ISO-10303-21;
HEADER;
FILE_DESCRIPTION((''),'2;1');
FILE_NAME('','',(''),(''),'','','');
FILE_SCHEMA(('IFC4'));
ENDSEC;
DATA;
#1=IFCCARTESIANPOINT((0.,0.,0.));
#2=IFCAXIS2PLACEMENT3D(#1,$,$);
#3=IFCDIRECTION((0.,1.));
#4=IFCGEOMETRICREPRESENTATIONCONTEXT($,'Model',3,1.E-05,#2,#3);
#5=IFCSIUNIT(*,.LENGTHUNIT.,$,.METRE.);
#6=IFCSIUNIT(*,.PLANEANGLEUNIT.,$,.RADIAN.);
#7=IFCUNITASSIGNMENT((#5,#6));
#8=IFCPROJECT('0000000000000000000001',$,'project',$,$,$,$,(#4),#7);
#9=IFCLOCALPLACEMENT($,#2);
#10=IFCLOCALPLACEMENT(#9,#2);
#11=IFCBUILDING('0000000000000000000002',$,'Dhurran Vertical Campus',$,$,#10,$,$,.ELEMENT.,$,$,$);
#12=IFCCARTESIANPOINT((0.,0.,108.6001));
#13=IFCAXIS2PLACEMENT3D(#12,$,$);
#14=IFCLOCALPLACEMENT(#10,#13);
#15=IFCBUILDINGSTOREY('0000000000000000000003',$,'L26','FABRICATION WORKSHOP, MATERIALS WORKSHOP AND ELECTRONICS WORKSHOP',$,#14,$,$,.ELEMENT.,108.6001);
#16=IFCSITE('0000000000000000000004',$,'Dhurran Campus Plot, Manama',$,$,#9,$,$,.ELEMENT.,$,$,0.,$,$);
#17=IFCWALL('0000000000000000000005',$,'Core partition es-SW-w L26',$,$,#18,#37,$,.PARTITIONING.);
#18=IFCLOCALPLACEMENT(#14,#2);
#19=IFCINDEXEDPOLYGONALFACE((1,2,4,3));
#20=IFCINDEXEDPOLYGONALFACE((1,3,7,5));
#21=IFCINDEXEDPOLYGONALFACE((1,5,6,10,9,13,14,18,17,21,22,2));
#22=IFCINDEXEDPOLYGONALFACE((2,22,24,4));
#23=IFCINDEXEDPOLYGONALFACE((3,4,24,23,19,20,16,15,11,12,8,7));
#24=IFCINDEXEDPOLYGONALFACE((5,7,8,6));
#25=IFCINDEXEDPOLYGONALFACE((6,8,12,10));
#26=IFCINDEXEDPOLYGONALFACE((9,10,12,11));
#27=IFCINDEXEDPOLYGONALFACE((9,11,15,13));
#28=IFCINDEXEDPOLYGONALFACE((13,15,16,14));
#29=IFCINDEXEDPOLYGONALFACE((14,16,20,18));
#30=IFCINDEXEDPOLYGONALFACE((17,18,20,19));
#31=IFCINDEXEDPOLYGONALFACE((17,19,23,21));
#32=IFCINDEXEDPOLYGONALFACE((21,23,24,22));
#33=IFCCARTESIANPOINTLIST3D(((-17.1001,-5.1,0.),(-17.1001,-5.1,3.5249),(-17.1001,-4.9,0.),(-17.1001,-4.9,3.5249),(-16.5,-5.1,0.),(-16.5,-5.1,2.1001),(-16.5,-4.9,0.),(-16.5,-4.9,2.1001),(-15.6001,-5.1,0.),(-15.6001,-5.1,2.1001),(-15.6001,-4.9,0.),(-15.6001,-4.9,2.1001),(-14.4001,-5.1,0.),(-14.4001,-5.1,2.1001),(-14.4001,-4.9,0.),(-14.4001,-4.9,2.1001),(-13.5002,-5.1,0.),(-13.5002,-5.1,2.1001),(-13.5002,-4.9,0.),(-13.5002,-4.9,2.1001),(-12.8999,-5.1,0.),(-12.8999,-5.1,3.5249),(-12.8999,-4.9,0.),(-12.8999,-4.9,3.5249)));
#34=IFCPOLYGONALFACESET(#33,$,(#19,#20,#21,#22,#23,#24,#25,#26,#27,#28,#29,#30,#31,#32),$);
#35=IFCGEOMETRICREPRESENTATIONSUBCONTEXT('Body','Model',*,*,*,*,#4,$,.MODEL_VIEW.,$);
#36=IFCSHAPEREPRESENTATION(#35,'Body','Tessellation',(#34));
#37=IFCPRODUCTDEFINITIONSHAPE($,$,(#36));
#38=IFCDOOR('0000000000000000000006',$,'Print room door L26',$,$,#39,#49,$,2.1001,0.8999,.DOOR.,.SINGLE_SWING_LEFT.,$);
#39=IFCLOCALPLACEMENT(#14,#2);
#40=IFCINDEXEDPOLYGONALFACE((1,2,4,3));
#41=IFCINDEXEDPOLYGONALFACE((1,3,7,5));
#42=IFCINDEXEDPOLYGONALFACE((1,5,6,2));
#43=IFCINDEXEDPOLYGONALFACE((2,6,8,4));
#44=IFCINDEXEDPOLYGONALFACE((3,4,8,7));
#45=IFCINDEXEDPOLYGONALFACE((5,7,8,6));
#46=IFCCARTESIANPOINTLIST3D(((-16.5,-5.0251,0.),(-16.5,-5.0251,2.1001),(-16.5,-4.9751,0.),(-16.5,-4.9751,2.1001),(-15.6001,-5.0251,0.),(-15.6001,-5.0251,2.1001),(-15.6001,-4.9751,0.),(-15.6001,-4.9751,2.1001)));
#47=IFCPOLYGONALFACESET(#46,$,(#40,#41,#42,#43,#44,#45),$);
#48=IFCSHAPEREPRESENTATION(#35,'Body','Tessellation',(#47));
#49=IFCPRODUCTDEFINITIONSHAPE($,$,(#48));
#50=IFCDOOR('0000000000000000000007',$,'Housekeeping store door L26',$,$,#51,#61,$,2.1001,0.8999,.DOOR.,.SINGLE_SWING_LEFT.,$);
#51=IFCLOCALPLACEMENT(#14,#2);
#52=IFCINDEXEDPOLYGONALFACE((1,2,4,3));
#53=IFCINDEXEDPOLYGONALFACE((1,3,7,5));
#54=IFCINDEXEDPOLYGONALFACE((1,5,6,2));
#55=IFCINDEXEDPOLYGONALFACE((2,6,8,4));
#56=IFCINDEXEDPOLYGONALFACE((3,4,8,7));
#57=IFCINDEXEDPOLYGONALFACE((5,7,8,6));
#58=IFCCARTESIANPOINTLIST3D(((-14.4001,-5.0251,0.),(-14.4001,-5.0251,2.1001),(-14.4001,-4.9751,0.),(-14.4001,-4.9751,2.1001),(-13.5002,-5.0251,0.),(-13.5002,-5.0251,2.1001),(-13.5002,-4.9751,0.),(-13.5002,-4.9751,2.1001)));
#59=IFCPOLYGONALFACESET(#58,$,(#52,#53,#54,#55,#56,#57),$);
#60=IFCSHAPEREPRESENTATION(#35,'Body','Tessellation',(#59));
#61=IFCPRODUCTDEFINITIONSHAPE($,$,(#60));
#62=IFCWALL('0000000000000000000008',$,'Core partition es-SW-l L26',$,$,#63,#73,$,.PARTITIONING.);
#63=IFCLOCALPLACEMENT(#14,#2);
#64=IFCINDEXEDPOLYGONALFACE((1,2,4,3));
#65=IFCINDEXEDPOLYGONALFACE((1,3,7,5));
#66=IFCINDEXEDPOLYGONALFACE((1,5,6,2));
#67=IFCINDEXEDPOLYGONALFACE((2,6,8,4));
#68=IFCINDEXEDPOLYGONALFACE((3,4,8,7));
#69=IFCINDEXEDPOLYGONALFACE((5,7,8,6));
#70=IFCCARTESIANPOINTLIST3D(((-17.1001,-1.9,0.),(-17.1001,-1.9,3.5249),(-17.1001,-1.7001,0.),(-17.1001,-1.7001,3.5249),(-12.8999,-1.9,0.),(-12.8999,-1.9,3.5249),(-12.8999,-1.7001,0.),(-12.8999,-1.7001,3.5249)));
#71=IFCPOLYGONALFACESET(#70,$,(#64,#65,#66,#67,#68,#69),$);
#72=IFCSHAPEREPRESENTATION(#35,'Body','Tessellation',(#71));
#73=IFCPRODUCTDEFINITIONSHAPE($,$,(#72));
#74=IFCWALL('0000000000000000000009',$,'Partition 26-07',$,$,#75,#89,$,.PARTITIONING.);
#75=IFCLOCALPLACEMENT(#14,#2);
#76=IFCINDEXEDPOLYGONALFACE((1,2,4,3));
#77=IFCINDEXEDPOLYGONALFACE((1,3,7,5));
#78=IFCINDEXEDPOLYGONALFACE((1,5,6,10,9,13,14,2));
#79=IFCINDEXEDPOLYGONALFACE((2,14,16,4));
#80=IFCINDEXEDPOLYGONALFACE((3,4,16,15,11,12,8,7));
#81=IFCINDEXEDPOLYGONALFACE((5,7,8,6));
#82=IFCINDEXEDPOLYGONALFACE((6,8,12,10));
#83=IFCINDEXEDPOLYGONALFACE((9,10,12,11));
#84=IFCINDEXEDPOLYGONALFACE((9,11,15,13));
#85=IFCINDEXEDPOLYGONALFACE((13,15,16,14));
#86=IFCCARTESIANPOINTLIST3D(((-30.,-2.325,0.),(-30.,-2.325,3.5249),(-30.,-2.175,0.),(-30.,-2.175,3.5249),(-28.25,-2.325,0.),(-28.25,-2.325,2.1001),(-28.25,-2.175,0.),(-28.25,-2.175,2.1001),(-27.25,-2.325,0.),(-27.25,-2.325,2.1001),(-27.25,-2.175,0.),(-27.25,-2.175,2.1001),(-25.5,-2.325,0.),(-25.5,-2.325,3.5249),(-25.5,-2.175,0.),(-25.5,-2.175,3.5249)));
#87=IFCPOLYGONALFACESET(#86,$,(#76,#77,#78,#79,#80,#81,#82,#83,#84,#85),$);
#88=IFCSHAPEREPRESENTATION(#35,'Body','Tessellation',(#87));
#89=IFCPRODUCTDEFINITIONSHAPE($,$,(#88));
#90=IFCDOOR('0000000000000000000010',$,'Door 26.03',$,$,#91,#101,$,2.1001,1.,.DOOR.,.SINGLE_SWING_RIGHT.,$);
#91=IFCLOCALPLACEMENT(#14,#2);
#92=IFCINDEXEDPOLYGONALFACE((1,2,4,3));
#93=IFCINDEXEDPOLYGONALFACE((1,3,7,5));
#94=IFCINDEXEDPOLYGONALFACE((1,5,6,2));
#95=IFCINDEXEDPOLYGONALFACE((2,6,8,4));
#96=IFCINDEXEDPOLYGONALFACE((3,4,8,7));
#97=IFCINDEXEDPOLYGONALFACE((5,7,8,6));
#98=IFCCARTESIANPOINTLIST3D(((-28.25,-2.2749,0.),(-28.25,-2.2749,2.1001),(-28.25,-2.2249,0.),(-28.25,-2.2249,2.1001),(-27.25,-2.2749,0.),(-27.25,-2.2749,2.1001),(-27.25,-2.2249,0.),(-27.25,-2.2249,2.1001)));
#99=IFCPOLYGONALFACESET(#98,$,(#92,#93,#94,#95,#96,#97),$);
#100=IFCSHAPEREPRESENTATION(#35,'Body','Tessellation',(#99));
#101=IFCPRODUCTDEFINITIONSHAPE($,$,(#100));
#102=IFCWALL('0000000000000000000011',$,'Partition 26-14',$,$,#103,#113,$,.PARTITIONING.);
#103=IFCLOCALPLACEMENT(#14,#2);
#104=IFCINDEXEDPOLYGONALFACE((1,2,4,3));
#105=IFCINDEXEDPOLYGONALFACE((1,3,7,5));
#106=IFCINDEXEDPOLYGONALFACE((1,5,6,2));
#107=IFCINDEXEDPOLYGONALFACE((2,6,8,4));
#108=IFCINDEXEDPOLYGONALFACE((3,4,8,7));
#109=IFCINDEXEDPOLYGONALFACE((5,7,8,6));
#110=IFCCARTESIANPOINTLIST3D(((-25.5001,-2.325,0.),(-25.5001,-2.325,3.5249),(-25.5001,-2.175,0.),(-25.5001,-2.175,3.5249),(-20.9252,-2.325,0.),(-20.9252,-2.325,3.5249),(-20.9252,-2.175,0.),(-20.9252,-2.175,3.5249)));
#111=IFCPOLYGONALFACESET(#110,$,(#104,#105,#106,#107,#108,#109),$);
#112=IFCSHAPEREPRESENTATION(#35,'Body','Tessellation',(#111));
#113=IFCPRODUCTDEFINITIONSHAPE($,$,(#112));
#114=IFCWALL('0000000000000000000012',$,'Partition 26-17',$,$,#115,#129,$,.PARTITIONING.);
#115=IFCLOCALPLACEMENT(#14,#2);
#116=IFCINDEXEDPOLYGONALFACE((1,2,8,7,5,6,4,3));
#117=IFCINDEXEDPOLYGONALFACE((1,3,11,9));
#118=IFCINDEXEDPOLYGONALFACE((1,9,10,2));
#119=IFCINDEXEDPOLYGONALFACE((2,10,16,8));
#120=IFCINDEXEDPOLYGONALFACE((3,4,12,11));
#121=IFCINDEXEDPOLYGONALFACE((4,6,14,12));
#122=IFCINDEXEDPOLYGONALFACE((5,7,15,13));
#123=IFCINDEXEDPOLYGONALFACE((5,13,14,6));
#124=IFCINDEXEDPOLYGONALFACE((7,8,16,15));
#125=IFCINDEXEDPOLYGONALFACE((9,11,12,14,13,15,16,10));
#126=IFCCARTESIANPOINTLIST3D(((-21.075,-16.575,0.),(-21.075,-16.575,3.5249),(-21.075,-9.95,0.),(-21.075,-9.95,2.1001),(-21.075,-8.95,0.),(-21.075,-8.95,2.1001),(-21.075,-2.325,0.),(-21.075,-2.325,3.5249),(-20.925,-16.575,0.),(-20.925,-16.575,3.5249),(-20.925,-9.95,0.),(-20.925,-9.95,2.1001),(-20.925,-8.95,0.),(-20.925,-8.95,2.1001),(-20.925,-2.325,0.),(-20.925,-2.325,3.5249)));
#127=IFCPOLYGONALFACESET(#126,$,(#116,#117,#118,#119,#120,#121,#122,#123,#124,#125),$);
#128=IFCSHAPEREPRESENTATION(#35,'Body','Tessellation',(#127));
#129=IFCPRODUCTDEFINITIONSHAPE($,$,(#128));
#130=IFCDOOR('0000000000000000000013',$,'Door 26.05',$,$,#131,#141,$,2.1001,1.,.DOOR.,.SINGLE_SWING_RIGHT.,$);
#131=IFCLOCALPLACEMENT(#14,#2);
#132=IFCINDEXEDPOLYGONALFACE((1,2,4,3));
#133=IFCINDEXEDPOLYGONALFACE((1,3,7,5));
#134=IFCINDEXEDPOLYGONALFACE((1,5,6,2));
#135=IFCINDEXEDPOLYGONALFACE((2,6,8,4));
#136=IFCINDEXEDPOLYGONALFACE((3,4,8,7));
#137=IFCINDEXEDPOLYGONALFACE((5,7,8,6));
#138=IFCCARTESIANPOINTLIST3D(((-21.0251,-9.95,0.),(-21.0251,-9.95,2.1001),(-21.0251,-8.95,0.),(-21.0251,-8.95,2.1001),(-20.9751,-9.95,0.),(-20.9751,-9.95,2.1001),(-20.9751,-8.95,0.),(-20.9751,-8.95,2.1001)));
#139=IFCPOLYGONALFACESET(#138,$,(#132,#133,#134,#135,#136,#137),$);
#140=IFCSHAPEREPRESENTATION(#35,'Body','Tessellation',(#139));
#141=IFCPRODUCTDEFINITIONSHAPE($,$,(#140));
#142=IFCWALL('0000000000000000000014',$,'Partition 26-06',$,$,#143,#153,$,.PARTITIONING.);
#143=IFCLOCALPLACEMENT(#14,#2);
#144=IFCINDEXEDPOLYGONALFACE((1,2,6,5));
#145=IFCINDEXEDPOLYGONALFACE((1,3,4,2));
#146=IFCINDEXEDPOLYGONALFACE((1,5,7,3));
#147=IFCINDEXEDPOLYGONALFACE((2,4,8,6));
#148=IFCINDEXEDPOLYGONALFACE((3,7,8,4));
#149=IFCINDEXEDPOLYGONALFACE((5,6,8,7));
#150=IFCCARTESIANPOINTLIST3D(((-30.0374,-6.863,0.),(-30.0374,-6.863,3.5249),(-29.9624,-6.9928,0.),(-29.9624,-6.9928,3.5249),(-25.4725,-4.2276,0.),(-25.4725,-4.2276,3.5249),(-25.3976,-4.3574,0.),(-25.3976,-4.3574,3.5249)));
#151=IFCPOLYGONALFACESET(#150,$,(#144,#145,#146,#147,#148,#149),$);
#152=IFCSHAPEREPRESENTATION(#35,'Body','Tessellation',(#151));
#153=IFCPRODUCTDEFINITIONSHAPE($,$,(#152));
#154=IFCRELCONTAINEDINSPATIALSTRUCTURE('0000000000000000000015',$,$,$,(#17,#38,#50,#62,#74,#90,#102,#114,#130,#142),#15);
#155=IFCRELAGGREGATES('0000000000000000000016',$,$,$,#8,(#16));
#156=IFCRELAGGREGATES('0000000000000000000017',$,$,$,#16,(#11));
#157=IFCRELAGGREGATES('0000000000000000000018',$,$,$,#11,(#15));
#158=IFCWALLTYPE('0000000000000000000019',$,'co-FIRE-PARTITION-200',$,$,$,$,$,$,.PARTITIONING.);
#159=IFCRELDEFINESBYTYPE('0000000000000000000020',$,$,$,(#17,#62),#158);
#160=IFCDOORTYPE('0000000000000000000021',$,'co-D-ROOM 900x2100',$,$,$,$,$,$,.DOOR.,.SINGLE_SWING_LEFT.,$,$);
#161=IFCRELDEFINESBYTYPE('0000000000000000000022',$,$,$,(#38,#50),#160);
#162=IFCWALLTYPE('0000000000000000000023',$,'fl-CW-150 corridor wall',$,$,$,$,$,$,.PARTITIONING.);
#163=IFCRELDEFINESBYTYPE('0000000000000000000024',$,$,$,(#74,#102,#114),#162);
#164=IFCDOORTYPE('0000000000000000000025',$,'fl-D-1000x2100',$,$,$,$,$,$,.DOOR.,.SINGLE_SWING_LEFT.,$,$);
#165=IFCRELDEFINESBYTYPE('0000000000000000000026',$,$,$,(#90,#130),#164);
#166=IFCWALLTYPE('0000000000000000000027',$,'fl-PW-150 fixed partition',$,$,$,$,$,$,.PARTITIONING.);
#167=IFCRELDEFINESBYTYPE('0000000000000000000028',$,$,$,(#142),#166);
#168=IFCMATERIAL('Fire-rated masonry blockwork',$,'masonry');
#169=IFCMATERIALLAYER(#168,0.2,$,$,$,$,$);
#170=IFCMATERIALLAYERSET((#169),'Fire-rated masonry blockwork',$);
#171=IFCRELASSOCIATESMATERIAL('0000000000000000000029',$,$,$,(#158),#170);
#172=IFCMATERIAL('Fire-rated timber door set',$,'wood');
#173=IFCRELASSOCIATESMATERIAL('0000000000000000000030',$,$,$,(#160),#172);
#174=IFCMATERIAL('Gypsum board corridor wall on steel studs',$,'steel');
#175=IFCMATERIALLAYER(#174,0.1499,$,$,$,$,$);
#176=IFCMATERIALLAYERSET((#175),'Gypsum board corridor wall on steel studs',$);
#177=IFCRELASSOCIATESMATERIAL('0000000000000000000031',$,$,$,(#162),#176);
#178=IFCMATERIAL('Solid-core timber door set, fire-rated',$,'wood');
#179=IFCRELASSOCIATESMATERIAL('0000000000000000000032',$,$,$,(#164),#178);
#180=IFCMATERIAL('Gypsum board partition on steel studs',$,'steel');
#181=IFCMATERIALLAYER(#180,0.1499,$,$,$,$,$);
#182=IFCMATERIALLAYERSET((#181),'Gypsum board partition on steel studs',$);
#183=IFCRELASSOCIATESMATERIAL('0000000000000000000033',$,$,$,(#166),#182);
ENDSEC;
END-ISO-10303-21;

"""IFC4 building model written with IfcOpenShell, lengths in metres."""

from ifc_helpers import new_model, si_unit, direction, frame, frame_2d, origin, place, context, subcontext, project, spatial, rectangle, extrude, material, layer, layer_set, type_object, element, fill, save


model = new_model("IFC4")

# Units and contexts
model_context = context("Model", 3, precision=1e-05, world=origin(), true_north=direction((0.0, 1.0)))
body_context = subcontext(model_context, "Body", "Model", "MODEL_VIEW")
ifc_project = project(units=[si_unit("LENGTHUNIT", "METRE"), si_unit("PLANEANGLEUNIT", "RADIAN")], contexts=[model_context])

# Site, building, storey
site_placement = place(None, origin())
site = spatial("IfcSite", under=ifc_project, at=site_placement, Name="Dhurran Campus Plot, Manama", CompositionType="ELEMENT", RefElevation=0.0)
building_placement = place(site_placement, origin())
building = spatial("IfcBuilding", under=site, at=building_placement, Name="Dhurran Vertical Campus", CompositionType="ELEMENT")
storey_placement = place(building_placement, frame((0.0, 0.0, 108.6001)))
storey = spatial("IfcBuildingStorey", under=building, at=storey_placement, Name="L26", Description="FABRICATION WORKSHOP, MATERIALS WORKSHOP AND ELECTRONICS WORKSHOP", CompositionType="ELEMENT", Elevation=108.6001)

# Shared definitions
ifc_material_1 = material(Name="Fire-rated masonry blockwork", Category="masonry")
ifc_layer_1 = layer(ifc_material_1, 0.2)
ifc_layer_set_1 = layer_set([ifc_layer_1], Name="Fire-rated masonry blockwork")
wall_type_1 = type_object("IfcWallType", Name="co-FIRE-PARTITION-200", PredefinedType="PARTITIONING", material=ifc_layer_set_1)

# Wall, openings, doors
ifc_material_2 = material(Name="Fire-rated timber door set", Category="wood")
door_type_1 = type_object("IfcDoorType", Name="co-D-ROOM 900x2100", OperationType="SINGLE_SWING_LEFT", PredefinedType="DOOR", material=ifc_material_2)
wall_1_placement = place(storey_placement, frame((-17.1001, -5.0, 0.0), z_axis=(0.0, 0.0, 1.0), x_axis=(1.0, 0.0, 0.0)))
wall_1 = element("IfcWall", 1, at=wall_1_placement, inside=storey, type_object=wall_type_1, Name="Core partition es-SW-w L26", PredefinedType="PARTITIONING", context=body_context, shape_type="SweptSolid", body=[
    extrude(rectangle(XDim=4.2002, YDim=0.2, at=frame_2d((2.1001, 0.0))), origin(), (0.0, 0.0, 1.0), 3.5249),
])
opening_1_placement = place(wall_1_placement, frame((0.6001, 0.0, 0.0)))
opening_1 = element("IfcOpeningElement", 2, at=opening_1_placement, cuts=wall_1, PredefinedType="OPENING", context=body_context, shape_type="SweptSolid", body=[
    extrude(rectangle(XDim=0.8999, YDim=2.1001, at=frame_2d((0.45, 1.05))), frame((0.0, 0.1099, 0.0), z_axis=(0.0, -1.0, 0.0), x_axis=(1.0, 0.0, 0.0)), (0.0, 0.0, 1.0), 0.22),
])
opening_2_placement = place(wall_1_placement, frame((2.7, 0.0, 0.0)))
opening_2 = element("IfcOpeningElement", 3, at=opening_2_placement, cuts=wall_1, PredefinedType="OPENING", context=body_context, shape_type="SweptSolid", body=[
    extrude(rectangle(XDim=0.8999, YDim=2.1001, at=frame_2d((0.45, 1.05))), frame((0.0, 0.1099, 0.0), z_axis=(0.0, -1.0, 0.0), x_axis=(1.0, 0.0, 0.0)), (0.0, 0.0, 1.0), 0.22),
])
door_1_placement = place(opening_1_placement, origin())
door_1 = element("IfcDoor", 4, at=door_1_placement, inside=storey, type_object=door_type_1, Name="Print room door L26", OperationType="SINGLE_SWING_LEFT", OverallHeight=2.1001, OverallWidth=0.8999, PredefinedType="DOOR", context=body_context, shape_type="SweptSolid", body=[
    extrude(rectangle(XDim=0.8999, YDim=2.1001, at=frame_2d((0.45, 1.05))), frame((0.0, 0.0249, 0.0), z_axis=(0.0, -1.0, 0.0), x_axis=(1.0, 0.0, 0.0)), (0.0, 0.0, 1.0), 0.05),
])
fill(opening_1, door_1)
door_2_placement = place(opening_2_placement, origin())
door_2 = element("IfcDoor", 5, at=door_2_placement, inside=storey, type_object=door_type_1, Name="Housekeeping store door L26", OperationType="SINGLE_SWING_LEFT", OverallHeight=2.1001, OverallWidth=0.8999, PredefinedType="DOOR", context=body_context, shape_type="SweptSolid", body=[
    extrude(rectangle(XDim=0.8999, YDim=2.1001, at=frame_2d((0.45, 1.05))), frame((0.0, 0.0249, 0.0), z_axis=(0.0, -1.0, 0.0), x_axis=(1.0, 0.0, 0.0)), (0.0, 0.0, 1.0), 0.05),
])
fill(opening_2, door_2)

# Wall
wall_2_placement = place(storey_placement, frame((-17.1001, -1.8, 0.0), z_axis=(0.0, 0.0, 1.0), x_axis=(1.0, 0.0, 0.0)))
element("IfcWall", 6, at=wall_2_placement, inside=storey, type_object=wall_type_1, Name="Core partition es-SW-l L26", PredefinedType="PARTITIONING", context=body_context, shape_type="SweptSolid", body=[
    extrude(rectangle(XDim=4.2002, YDim=0.2, at=frame_2d((2.1001, 0.0))), origin(), (0.0, 0.0, 1.0), 3.5249),
])

# Wall, opening, door
ifc_material_3 = material(Name="Gypsum board corridor wall on steel studs", Category="steel")
ifc_layer_2 = layer(ifc_material_3, 0.1499)
ifc_layer_set_2 = layer_set([ifc_layer_2], Name="Gypsum board corridor wall on steel studs")
wall_type_2 = type_object("IfcWallType", Name="fl-CW-150 corridor wall", PredefinedType="PARTITIONING", material=ifc_layer_set_2)
wall_3_placement = place(storey_placement, frame((-25.5, -2.25, 0.0), z_axis=(0.0, 0.0, 1.0), x_axis=(-1.0, 0.0, 0.0)))
wall_3 = element("IfcWall", 7, at=wall_3_placement, inside=storey, type_object=wall_type_2, Name="Partition 26-07", PredefinedType="PARTITIONING", context=body_context, shape_type="SweptSolid", body=[
    extrude(rectangle(XDim=4.5, YDim=0.1499, at=frame_2d((2.25, 0.0))), origin(), (0.0, 0.0, 1.0), 3.5249),
])
opening_3_placement = place(wall_3_placement, frame((1.75, 0.0, 0.0)))
opening_3 = element("IfcOpeningElement", 8, at=opening_3_placement, cuts=wall_3, PredefinedType="OPENING", context=body_context, shape_type="SweptSolid", body=[
    extrude(rectangle(XDim=1.0, YDim=2.1001, at=frame_2d((0.5, 1.05))), frame((0.0, 0.085, 0.0), z_axis=(0.0, -1.0, 0.0), x_axis=(1.0, 0.0, 0.0)), (0.0, 0.0, 1.0), 0.1699),
])
ifc_material_4 = material(Name="Solid-core timber door set, fire-rated", Category="wood")
door_type_2 = type_object("IfcDoorType", Name="fl-D-1000x2100", OperationType="SINGLE_SWING_LEFT", PredefinedType="DOOR", material=ifc_material_4)
door_3_placement = place(opening_3_placement, origin())
door_3 = element("IfcDoor", 9, at=door_3_placement, inside=storey, type_object=door_type_2, Name="Door 26.03", OperationType="SINGLE_SWING_RIGHT", OverallHeight=2.1001, OverallWidth=1.0, PredefinedType="DOOR", context=body_context, shape_type="SweptSolid", body=[
    extrude(rectangle(XDim=1.0, YDim=2.1001, at=frame_2d((0.5, 1.05))), frame((0.0, 0.0249, 0.0), z_axis=(0.0, -1.0, 0.0), x_axis=(1.0, 0.0, 0.0)), (0.0, 0.0, 1.0), 0.05),
])
fill(opening_3, door_3)

# Wall
wall_4_placement = place(storey_placement, frame((-20.925, -2.25, 0.0), z_axis=(0.0, 0.0, 1.0), x_axis=(-1.0, 0.0, 0.0)))
element("IfcWall", 10, at=wall_4_placement, inside=storey, type_object=wall_type_2, Name="Partition 26-14", PredefinedType="PARTITIONING", context=body_context, shape_type="SweptSolid", body=[
    extrude(rectangle(XDim=4.575, YDim=0.1499, at=frame_2d((2.2876, 0.0))), origin(), (0.0, 0.0, 1.0), 3.5249),
])

# Wall, opening, door
wall_5_placement = place(storey_placement, frame((-21.0, -2.325, 0.0), z_axis=(0.0, 0.0, 1.0), x_axis=(0.0, -1.0, 0.0)))
wall_5 = element("IfcWall", 11, at=wall_5_placement, inside=storey, type_object=wall_type_2, Name="Partition 26-17", PredefinedType="PARTITIONING", context=body_context, shape_type="SweptSolid", body=[
    extrude(rectangle(XDim=14.25, YDim=0.1499, at=frame_2d((7.125, 0.0))), origin(), (0.0, 0.0, 1.0), 3.5249),
])
opening_4_placement = place(wall_5_placement, frame((6.625, 0.0, 0.0)))
opening_4 = element("IfcOpeningElement", 12, at=opening_4_placement, cuts=wall_5, PredefinedType="OPENING", context=body_context, shape_type="SweptSolid", body=[
    extrude(rectangle(XDim=1.0, YDim=2.1001, at=frame_2d((0.5, 1.05))), frame((0.0, 0.085, 0.0), z_axis=(0.0, -1.0, 0.0), x_axis=(1.0, 0.0, 0.0)), (0.0, 0.0, 1.0), 0.1699),
])
door_4_placement = place(opening_4_placement, origin())
door_4 = element("IfcDoor", 13, at=door_4_placement, inside=storey, type_object=door_type_2, Name="Door 26.05", OperationType="SINGLE_SWING_RIGHT", OverallHeight=2.1001, OverallWidth=1.0, PredefinedType="DOOR", context=body_context, shape_type="SweptSolid", body=[
    extrude(rectangle(XDim=1.0, YDim=2.1001, at=frame_2d((0.5, 1.05))), frame((0.0, 0.0249, 0.0), z_axis=(0.0, -1.0, 0.0), x_axis=(1.0, 0.0, 0.0)), (0.0, 0.0, 1.0), 0.05),
])
fill(opening_4, door_4)

# Wall
ifc_material_5 = material(Name="Gypsum board partition on steel studs", Category="steel")
ifc_layer_3 = layer(ifc_material_5, 0.1499)
ifc_layer_set_3 = layer_set([ifc_layer_3], Name="Gypsum board partition on steel studs")
wall_type_3 = type_object("IfcWallType", Name="fl-PW-150 fixed partition", PredefinedType="PARTITIONING", material=ifc_layer_set_3)
wall_6_placement = place(storey_placement, frame((-25.4351, -4.2925, 0.0), z_axis=(0.0, 0.0, 1.0), x_axis=(-0.866031, -0.49999, 0.0)))
element("IfcWall", 14, at=wall_6_placement, inside=storey, type_object=wall_type_3, Name="Partition 26-06", PredefinedType="PARTITIONING", context=body_context, shape_type="SweptSolid", body=[
    extrude(rectangle(XDim=5.271, YDim=0.1499, at=frame_2d((2.6355, 0.0))), origin(), (0.0, 0.0, 1.0), 3.5249),
])

save(model, "model.ifc")
